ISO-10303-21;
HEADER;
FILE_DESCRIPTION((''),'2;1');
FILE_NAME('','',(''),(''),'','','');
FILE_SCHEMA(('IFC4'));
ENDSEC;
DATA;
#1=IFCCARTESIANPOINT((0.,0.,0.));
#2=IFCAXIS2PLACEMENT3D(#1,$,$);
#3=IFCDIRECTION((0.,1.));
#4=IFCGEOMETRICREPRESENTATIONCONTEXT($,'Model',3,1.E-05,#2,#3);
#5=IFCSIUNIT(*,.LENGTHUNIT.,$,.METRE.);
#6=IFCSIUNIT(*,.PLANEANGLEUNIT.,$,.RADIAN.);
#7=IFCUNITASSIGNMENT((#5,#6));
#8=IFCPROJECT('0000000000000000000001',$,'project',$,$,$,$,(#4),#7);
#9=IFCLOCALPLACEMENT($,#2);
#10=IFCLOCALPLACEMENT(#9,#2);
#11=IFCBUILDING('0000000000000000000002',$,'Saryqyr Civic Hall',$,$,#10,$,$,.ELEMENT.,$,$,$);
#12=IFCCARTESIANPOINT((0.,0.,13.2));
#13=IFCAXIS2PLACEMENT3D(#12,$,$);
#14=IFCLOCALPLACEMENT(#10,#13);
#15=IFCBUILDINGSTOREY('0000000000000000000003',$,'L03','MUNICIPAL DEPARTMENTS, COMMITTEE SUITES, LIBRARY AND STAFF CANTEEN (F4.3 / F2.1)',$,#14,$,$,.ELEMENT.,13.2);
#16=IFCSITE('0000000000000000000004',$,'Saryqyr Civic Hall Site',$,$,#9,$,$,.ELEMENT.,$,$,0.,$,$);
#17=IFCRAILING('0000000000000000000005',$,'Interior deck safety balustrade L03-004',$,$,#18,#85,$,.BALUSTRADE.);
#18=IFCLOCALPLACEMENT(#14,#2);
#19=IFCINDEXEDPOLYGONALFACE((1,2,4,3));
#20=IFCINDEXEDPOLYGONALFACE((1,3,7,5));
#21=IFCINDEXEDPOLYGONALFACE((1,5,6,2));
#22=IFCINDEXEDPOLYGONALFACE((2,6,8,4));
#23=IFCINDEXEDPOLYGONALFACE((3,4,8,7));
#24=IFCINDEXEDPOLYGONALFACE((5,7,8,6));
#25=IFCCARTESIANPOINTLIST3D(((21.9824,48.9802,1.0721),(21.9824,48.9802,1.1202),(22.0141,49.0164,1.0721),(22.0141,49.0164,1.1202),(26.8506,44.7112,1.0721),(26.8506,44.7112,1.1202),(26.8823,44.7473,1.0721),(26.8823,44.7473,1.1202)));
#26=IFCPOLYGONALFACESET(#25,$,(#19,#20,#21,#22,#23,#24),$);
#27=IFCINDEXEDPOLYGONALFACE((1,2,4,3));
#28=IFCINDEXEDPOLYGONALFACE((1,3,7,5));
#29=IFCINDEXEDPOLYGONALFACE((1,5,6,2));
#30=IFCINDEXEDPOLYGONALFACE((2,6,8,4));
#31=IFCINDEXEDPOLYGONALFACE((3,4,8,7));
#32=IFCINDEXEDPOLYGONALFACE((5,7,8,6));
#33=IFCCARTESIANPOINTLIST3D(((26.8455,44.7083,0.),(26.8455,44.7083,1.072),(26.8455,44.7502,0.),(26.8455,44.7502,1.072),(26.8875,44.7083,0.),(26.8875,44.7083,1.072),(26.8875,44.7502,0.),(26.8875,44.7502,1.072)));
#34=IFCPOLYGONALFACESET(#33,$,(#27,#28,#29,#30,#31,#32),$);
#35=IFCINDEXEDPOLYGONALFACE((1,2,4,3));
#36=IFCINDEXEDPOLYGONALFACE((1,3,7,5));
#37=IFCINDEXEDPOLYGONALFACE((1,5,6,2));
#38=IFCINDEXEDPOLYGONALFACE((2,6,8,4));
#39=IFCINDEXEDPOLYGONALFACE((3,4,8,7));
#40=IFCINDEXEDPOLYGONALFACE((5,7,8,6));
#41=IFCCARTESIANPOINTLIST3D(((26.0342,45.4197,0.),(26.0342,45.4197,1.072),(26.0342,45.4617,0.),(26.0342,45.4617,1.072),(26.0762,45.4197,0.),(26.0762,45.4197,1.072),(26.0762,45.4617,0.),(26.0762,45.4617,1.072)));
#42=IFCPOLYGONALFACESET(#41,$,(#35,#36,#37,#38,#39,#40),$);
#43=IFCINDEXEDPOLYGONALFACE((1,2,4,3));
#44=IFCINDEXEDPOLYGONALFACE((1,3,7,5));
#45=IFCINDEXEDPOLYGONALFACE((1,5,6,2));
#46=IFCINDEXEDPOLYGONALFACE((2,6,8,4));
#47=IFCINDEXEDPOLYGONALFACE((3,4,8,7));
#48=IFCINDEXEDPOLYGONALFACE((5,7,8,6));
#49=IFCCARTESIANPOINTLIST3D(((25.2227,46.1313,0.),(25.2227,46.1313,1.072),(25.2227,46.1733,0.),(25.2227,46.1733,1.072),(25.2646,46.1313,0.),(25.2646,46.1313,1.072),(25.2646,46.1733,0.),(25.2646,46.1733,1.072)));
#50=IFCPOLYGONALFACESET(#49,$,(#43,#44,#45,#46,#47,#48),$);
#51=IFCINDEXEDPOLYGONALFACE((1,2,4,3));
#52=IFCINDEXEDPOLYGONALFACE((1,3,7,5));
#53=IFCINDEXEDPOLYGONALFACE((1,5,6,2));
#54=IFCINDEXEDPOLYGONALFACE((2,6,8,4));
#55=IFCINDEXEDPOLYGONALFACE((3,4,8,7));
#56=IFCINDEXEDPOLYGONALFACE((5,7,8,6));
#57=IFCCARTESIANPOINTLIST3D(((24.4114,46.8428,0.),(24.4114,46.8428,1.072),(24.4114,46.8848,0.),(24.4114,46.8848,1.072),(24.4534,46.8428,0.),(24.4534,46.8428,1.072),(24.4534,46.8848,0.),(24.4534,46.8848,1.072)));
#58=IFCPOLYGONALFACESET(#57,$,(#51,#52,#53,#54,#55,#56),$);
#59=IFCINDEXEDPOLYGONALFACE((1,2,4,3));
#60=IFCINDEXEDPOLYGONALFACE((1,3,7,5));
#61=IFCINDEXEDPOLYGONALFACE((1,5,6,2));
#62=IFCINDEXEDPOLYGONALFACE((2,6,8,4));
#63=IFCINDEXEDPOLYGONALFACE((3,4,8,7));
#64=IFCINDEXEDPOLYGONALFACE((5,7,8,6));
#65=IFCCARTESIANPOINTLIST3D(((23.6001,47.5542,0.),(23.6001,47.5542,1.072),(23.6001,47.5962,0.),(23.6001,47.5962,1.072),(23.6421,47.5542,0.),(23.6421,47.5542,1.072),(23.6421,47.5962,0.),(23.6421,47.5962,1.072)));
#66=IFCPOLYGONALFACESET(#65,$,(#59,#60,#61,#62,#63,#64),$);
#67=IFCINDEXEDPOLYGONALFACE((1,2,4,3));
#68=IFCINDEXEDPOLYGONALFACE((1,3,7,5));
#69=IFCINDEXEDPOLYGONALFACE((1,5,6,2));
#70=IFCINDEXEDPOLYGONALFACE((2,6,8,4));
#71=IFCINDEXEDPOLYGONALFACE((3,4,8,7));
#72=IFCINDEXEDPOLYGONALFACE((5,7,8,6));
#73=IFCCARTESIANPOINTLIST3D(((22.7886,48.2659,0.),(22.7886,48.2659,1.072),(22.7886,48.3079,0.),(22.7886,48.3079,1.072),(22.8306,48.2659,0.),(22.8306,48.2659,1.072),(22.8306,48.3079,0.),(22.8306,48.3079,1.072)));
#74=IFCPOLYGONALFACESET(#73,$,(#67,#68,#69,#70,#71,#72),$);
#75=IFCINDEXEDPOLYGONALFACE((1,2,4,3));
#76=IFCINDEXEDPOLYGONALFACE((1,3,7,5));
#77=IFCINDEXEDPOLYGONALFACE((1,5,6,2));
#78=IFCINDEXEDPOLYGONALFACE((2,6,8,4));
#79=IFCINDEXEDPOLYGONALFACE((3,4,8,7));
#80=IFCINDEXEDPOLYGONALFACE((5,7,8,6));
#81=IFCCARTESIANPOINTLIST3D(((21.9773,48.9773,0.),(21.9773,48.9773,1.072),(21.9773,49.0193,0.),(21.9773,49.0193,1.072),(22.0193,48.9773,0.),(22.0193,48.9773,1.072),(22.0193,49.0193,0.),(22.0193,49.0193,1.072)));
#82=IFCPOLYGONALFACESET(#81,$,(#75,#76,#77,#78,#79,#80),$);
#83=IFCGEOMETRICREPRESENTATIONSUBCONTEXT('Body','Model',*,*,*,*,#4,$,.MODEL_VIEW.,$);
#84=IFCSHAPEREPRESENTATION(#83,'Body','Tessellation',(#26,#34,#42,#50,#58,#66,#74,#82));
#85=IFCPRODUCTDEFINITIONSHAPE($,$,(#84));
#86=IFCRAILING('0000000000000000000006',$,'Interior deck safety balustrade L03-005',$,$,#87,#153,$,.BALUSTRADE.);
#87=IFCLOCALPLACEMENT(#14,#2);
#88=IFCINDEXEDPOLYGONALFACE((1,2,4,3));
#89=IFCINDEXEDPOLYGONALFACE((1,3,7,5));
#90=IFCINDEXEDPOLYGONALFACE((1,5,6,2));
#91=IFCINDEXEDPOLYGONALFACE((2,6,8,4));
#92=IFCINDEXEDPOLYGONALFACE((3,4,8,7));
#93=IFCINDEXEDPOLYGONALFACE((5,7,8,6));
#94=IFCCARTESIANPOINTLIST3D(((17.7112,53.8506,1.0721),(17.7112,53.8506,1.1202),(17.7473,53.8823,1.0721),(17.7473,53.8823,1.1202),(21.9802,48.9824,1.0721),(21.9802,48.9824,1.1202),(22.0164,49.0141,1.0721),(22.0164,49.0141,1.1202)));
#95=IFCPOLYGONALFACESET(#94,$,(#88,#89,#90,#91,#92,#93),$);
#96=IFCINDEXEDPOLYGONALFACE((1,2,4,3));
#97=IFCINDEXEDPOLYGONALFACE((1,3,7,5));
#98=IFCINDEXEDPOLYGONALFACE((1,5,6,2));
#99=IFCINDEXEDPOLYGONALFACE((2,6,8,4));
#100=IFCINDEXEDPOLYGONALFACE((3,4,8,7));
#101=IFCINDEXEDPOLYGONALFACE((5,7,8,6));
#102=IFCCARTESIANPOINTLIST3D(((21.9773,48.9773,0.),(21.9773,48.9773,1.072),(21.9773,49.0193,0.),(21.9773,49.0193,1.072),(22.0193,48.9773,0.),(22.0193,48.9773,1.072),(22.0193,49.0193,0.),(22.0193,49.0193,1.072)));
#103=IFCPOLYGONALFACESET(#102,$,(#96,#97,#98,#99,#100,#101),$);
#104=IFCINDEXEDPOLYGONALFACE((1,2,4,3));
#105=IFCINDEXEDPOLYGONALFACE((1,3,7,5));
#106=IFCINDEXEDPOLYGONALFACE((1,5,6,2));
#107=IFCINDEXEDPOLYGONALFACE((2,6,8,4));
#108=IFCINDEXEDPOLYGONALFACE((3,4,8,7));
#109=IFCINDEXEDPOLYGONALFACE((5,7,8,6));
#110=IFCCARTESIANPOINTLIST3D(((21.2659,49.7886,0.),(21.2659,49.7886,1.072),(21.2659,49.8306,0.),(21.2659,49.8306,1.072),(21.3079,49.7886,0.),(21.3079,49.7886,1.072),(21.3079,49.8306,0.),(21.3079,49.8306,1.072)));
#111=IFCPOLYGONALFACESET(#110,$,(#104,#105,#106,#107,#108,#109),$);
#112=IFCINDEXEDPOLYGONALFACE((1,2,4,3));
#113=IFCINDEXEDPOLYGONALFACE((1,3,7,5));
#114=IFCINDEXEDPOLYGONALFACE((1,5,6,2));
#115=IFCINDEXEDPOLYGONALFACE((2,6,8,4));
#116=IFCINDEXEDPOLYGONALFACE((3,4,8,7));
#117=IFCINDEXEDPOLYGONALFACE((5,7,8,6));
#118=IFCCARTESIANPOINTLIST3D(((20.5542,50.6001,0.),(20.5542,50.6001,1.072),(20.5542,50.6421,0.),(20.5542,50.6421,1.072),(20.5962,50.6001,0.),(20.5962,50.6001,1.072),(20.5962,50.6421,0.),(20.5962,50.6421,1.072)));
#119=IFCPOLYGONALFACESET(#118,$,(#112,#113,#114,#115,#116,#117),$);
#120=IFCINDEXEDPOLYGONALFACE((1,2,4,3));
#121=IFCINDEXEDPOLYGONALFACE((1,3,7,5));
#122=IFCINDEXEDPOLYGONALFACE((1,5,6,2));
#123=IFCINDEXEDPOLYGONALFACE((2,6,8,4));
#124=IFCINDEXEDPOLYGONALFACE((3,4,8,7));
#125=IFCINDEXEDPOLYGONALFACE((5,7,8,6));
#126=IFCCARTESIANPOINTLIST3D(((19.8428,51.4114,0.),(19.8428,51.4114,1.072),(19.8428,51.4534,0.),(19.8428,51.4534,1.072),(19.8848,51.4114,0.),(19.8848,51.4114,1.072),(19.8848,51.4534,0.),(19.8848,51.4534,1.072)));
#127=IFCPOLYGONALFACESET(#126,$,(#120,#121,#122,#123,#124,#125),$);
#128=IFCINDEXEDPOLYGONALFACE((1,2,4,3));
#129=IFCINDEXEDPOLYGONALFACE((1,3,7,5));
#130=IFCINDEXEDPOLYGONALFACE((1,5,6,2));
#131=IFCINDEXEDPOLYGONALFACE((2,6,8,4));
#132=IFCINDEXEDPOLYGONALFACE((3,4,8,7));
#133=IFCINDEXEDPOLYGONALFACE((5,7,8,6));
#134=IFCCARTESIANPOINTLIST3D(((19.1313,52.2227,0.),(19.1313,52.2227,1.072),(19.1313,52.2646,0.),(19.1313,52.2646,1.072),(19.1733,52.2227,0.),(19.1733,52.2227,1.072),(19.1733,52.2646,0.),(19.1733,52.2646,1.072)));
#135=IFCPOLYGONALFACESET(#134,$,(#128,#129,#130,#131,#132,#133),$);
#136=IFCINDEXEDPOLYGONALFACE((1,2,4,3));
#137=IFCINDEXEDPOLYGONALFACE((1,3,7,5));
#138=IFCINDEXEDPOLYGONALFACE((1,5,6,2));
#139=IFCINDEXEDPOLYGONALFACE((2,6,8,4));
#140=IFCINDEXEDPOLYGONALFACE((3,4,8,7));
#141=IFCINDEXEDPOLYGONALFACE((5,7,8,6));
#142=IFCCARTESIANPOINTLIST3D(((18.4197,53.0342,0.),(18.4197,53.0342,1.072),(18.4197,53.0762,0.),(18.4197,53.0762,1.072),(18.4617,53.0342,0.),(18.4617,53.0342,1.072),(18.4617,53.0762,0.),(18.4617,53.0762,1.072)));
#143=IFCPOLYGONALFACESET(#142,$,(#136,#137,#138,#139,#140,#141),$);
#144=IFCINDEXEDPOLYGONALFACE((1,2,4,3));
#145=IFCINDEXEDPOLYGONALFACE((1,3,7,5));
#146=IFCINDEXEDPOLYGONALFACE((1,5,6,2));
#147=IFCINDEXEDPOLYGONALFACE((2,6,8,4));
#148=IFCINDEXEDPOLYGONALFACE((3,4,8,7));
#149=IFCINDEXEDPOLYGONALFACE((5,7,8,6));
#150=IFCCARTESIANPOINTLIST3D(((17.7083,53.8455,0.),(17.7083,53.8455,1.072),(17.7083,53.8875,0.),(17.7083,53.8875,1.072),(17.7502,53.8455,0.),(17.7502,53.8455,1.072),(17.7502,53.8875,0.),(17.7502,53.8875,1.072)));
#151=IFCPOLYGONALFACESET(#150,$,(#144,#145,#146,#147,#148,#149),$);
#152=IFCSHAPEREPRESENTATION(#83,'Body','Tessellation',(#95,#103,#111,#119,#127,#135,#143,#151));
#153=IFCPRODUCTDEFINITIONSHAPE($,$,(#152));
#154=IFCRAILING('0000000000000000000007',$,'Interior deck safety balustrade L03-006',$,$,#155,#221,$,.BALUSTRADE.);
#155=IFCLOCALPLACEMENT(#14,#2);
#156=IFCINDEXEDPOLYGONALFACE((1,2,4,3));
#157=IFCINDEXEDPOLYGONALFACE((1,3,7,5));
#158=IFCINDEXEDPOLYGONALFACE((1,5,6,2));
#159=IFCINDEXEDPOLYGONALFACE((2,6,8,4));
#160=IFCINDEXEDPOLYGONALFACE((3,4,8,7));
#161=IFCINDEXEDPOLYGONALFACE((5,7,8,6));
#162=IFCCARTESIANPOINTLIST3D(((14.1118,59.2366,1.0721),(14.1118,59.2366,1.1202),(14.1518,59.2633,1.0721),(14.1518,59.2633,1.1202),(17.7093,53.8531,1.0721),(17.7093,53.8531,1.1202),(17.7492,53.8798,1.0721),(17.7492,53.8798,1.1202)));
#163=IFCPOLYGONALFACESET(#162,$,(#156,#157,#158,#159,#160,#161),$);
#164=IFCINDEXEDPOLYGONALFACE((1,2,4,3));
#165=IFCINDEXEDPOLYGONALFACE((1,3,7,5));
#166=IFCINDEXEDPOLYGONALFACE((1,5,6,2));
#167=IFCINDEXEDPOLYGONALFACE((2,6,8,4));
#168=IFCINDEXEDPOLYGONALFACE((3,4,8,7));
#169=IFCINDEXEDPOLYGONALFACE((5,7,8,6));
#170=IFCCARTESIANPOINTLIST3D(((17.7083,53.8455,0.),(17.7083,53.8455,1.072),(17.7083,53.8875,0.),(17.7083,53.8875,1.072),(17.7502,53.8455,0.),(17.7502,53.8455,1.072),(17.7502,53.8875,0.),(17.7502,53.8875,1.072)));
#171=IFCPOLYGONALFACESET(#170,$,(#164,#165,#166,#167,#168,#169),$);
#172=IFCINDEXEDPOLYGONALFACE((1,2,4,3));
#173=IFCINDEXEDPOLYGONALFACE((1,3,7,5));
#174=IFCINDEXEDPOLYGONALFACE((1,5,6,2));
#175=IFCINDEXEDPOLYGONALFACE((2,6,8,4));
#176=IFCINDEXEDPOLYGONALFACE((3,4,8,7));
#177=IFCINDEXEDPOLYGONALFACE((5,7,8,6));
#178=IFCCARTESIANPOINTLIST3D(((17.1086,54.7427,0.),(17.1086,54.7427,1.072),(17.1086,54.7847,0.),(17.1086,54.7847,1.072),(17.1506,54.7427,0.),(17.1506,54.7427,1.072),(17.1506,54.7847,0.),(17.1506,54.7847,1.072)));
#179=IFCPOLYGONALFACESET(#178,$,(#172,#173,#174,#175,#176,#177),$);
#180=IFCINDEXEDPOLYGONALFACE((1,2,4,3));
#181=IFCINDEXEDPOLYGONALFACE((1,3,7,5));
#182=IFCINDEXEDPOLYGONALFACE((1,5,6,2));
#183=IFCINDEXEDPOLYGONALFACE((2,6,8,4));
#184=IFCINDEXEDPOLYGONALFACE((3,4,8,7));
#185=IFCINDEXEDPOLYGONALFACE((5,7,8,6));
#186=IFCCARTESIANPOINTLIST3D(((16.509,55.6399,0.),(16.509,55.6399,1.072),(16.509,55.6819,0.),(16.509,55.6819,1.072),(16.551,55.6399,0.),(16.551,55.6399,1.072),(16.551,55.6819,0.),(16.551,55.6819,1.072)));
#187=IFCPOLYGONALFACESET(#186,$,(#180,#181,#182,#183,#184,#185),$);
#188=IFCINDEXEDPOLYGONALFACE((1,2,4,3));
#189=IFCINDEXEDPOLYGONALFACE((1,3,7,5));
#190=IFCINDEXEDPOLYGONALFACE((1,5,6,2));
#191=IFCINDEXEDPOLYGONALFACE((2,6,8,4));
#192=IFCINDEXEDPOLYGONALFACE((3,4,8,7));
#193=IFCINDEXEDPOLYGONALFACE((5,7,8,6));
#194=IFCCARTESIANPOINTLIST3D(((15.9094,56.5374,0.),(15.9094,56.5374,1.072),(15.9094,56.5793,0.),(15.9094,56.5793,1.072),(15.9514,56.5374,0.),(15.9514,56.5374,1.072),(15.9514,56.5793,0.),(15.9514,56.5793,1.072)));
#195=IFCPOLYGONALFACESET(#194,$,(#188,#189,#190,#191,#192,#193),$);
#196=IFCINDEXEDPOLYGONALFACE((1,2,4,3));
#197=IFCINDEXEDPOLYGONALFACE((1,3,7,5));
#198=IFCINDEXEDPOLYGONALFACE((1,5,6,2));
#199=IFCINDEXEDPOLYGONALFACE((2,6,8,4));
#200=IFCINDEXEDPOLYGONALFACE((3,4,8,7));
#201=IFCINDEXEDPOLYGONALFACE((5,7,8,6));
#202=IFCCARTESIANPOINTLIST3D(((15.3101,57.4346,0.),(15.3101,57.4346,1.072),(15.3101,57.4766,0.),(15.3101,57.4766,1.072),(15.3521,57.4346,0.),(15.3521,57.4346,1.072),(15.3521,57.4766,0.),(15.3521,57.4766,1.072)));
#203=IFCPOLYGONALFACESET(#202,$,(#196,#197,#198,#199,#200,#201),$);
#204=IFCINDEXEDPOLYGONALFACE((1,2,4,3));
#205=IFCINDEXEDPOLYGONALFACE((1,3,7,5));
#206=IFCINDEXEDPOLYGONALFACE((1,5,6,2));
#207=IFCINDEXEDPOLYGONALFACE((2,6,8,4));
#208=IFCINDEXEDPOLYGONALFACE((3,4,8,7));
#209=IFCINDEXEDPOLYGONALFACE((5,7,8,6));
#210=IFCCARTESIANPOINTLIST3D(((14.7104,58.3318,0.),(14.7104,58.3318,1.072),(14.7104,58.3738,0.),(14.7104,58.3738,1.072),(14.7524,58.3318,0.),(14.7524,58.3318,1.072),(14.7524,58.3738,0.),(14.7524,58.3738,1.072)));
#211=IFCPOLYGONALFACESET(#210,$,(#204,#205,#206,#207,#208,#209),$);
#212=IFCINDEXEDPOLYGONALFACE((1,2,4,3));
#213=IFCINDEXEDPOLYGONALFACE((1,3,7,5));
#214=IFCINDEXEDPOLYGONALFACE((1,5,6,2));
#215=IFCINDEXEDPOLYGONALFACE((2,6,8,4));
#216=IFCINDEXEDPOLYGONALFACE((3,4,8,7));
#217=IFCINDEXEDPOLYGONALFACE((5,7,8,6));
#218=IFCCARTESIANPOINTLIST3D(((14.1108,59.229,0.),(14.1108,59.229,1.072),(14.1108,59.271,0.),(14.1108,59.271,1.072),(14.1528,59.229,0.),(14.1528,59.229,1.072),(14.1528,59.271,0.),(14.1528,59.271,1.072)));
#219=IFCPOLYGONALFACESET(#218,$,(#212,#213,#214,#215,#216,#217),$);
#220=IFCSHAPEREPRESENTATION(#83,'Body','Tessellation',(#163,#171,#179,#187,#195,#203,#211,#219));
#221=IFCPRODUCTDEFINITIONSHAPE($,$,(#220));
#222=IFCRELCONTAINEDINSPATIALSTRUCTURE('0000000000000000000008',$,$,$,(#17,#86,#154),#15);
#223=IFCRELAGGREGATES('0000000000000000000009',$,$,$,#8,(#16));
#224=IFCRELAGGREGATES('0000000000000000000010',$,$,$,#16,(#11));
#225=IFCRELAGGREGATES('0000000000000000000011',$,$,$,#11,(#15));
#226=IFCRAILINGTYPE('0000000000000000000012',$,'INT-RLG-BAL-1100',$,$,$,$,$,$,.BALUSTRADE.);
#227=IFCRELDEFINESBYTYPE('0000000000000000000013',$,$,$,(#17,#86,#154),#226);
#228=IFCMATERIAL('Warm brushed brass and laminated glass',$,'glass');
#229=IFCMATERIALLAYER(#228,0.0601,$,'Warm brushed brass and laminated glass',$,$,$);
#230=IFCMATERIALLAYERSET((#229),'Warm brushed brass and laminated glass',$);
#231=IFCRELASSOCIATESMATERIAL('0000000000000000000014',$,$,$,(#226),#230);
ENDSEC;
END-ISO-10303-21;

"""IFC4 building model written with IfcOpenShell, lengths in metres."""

from ifc_helpers import new_model, si_unit, direction, frame, origin, origin_2d, place, context, subcontext, project, spatial, rectangle, extrude, material, layer, layer_set, type_object, element, save


model = new_model("IFC4")

# Units and contexts
model_context = context("Model", 3, precision=1e-05, world=origin(), true_north=direction((0.0, 1.0)))
body_context = subcontext(model_context, "Body", "Model", "MODEL_VIEW")
ifc_project = project(units=[si_unit("LENGTHUNIT", "METRE"), si_unit("PLANEANGLEUNIT", "RADIAN")], contexts=[model_context])

# Site, building, storey
site_placement = place(None, origin())
site = spatial("IfcSite", under=ifc_project, at=site_placement, Name="Saryqyr Civic Hall Site", CompositionType="ELEMENT", RefElevation=0.0)
building_placement = place(site_placement, origin())
building = spatial("IfcBuilding", under=site, at=building_placement, Name="Saryqyr Civic Hall", CompositionType="ELEMENT")
storey_placement = place(building_placement, frame((0.0, 0.0, 13.2)))
storey = spatial("IfcBuildingStorey", under=building, at=storey_placement, Name="L03", Description="MUNICIPAL DEPARTMENTS, COMMITTEE SUITES, LIBRARY AND STAFF CANTEEN (F4.3 / F2.1)", CompositionType="ELEMENT", Elevation=13.2)

# Railings
ifc_material_1 = material(Name="Warm brushed brass and laminated glass", Category="glass")
ifc_layer_1 = layer(ifc_material_1, 0.0601, Name="Warm brushed brass and laminated glass")
ifc_layer_set_1 = layer_set([ifc_layer_1], Name="Warm brushed brass and laminated glass")
railing_type = type_object("IfcRailingType", Name="INT-RLG-BAL-1100", PredefinedType="BALUSTRADE", material=ifc_layer_set_1)
railing_1_placement = place(storey_placement, frame((26.8665, 44.7292, 0.0)))
element("IfcRailing", 1, at=railing_1_placement, inside=storey, type_object=railing_type, Name="Interior deck safety balustrade L03-004", PredefinedType="BALUSTRADE", context=body_context, shape_type="SweptSolid", body=[
    extrude(rectangle(XDim=0.0481, YDim=0.0481, at=origin_2d()), frame((0.0, 0.0, 1.0962), z_axis=(-0.751857, 0.659326, 0.0), x_axis=(-0.659326, -0.751857, 0.0)), (0.0, 0.0, 1.0), 6.4749),
    extrude(rectangle(XDim=0.042, YDim=0.042, at=origin_2d()), origin(), (0.0, 0.0, 1.0), 1.072),
    extrude(rectangle(XDim=0.042, YDim=0.042, at=origin_2d()), frame((-0.8113, 0.7114, 0.0)), (0.0, 0.0, 1.0), 1.072),
    extrude(rectangle(XDim=0.042, YDim=0.042, at=origin_2d()), frame((-1.6228, 1.4231, 0.0)), (0.0, 0.0, 1.0), 1.072),
    extrude(rectangle(XDim=0.042, YDim=0.042, at=origin_2d()), frame((-2.4341, 2.1345, 0.0)), (0.0, 0.0, 1.0), 1.072),
    extrude(rectangle(XDim=0.042, YDim=0.042, at=origin_2d()), frame((-3.2454, 2.8459, 0.0)), (0.0, 0.0, 1.0), 1.072),
    extrude(rectangle(XDim=0.042, YDim=0.042, at=origin_2d()), frame((-4.0569, 3.5576, 0.0)), (0.0, 0.0, 1.0), 1.072),
    extrude(rectangle(XDim=0.042, YDim=0.042, at=origin_2d()), frame((-4.8682, 4.269, 0.0)), (0.0, 0.0, 1.0), 1.072),
])
railing_2_placement = place(storey_placement, frame((21.9983, 48.9983, 0.0)))
element("IfcRailing", 2, at=railing_2_placement, inside=storey, type_object=railing_type, Name="Interior deck safety balustrade L03-005", PredefinedType="BALUSTRADE", context=body_context, shape_type="SweptSolid", body=[
    extrude(rectangle(XDim=0.0481, YDim=0.0481, at=origin_2d()), frame((0.0, 0.0, 1.0962), z_axis=(-0.659326, 0.751857, 0.0), x_axis=(-0.751857, -0.659326, 0.0)), (0.0, 0.0, 1.0), 6.4749),
    extrude(rectangle(XDim=0.042, YDim=0.042, at=origin_2d()), origin(), (0.0, 0.0, 1.0), 1.072),
    extrude(rectangle(XDim=0.042, YDim=0.042, at=origin_2d()), frame((-0.7114, 0.8113, 0.0)), (0.0, 0.0, 1.0), 1.072),
    extrude(rectangle(XDim=0.042, YDim=0.042, at=origin_2d()), frame((-1.4231, 1.6228, 0.0)), (0.0, 0.0, 1.0), 1.072),
    extrude(rectangle(XDim=0.042, YDim=0.042, at=origin_2d()), frame((-2.1345, 2.4341, 0.0)), (0.0, 0.0, 1.0), 1.072),
    extrude(rectangle(XDim=0.042, YDim=0.042, at=origin_2d()), frame((-2.8459, 3.2454, 0.0)), (0.0, 0.0, 1.0), 1.072),
    extrude(rectangle(XDim=0.042, YDim=0.042, at=origin_2d()), frame((-3.5576, 4.0569, 0.0)), (0.0, 0.0, 1.0), 1.072),
    extrude(rectangle(XDim=0.042, YDim=0.042, at=origin_2d()), frame((-4.269, 4.8682, 0.0)), (0.0, 0.0, 1.0), 1.072),
])
railing_3_placement = place(storey_placement, frame((17.7292, 53.8665, 0.0)))
element("IfcRailing", 3, at=railing_3_placement, inside=storey, type_object=railing_type, Name="Interior deck safety balustrade L03-006", PredefinedType="BALUSTRADE", context=body_context, shape_type="SweptSolid", body=[
    extrude(rectangle(XDim=0.0481, YDim=0.0481, at=origin_2d()), frame((0.0, 0.0, 1.0962), z_axis=(-0.555596, 0.831452, 0.0), x_axis=(-0.831452, -0.555596, 0.0)), (0.0, 0.0, 1.0), 6.4749),
    extrude(rectangle(XDim=0.042, YDim=0.042, at=origin_2d()), origin(), (0.0, 0.0, 1.0), 1.072),
    extrude(rectangle(XDim=0.042, YDim=0.042, at=origin_2d()), frame((-0.5996, 0.8972, 0.0)), (0.0, 0.0, 1.0), 1.072),
    extrude(rectangle(XDim=0.042, YDim=0.042, at=origin_2d()), frame((-1.1992, 1.7944, 0.0)), (0.0, 0.0, 1.0), 1.072),
    extrude(rectangle(XDim=0.042, YDim=0.042, at=origin_2d()), frame((-1.7988, 2.6919, 0.0)), (0.0, 0.0, 1.0), 1.072),
    extrude(rectangle(XDim=0.042, YDim=0.042, at=origin_2d()), frame((-2.3982, 3.5891, 0.0)), (0.0, 0.0, 1.0), 1.072),
    extrude(rectangle(XDim=0.042, YDim=0.042, at=origin_2d()), frame((-2.9978, 4.4863, 0.0)), (0.0, 0.0, 1.0), 1.072),
    extrude(rectangle(XDim=0.042, YDim=0.042, at=origin_2d()), frame((-3.5974, 5.3835, 0.0)), (0.0, 0.0, 1.0), 1.072),
])

save(model, "model.ifc")
